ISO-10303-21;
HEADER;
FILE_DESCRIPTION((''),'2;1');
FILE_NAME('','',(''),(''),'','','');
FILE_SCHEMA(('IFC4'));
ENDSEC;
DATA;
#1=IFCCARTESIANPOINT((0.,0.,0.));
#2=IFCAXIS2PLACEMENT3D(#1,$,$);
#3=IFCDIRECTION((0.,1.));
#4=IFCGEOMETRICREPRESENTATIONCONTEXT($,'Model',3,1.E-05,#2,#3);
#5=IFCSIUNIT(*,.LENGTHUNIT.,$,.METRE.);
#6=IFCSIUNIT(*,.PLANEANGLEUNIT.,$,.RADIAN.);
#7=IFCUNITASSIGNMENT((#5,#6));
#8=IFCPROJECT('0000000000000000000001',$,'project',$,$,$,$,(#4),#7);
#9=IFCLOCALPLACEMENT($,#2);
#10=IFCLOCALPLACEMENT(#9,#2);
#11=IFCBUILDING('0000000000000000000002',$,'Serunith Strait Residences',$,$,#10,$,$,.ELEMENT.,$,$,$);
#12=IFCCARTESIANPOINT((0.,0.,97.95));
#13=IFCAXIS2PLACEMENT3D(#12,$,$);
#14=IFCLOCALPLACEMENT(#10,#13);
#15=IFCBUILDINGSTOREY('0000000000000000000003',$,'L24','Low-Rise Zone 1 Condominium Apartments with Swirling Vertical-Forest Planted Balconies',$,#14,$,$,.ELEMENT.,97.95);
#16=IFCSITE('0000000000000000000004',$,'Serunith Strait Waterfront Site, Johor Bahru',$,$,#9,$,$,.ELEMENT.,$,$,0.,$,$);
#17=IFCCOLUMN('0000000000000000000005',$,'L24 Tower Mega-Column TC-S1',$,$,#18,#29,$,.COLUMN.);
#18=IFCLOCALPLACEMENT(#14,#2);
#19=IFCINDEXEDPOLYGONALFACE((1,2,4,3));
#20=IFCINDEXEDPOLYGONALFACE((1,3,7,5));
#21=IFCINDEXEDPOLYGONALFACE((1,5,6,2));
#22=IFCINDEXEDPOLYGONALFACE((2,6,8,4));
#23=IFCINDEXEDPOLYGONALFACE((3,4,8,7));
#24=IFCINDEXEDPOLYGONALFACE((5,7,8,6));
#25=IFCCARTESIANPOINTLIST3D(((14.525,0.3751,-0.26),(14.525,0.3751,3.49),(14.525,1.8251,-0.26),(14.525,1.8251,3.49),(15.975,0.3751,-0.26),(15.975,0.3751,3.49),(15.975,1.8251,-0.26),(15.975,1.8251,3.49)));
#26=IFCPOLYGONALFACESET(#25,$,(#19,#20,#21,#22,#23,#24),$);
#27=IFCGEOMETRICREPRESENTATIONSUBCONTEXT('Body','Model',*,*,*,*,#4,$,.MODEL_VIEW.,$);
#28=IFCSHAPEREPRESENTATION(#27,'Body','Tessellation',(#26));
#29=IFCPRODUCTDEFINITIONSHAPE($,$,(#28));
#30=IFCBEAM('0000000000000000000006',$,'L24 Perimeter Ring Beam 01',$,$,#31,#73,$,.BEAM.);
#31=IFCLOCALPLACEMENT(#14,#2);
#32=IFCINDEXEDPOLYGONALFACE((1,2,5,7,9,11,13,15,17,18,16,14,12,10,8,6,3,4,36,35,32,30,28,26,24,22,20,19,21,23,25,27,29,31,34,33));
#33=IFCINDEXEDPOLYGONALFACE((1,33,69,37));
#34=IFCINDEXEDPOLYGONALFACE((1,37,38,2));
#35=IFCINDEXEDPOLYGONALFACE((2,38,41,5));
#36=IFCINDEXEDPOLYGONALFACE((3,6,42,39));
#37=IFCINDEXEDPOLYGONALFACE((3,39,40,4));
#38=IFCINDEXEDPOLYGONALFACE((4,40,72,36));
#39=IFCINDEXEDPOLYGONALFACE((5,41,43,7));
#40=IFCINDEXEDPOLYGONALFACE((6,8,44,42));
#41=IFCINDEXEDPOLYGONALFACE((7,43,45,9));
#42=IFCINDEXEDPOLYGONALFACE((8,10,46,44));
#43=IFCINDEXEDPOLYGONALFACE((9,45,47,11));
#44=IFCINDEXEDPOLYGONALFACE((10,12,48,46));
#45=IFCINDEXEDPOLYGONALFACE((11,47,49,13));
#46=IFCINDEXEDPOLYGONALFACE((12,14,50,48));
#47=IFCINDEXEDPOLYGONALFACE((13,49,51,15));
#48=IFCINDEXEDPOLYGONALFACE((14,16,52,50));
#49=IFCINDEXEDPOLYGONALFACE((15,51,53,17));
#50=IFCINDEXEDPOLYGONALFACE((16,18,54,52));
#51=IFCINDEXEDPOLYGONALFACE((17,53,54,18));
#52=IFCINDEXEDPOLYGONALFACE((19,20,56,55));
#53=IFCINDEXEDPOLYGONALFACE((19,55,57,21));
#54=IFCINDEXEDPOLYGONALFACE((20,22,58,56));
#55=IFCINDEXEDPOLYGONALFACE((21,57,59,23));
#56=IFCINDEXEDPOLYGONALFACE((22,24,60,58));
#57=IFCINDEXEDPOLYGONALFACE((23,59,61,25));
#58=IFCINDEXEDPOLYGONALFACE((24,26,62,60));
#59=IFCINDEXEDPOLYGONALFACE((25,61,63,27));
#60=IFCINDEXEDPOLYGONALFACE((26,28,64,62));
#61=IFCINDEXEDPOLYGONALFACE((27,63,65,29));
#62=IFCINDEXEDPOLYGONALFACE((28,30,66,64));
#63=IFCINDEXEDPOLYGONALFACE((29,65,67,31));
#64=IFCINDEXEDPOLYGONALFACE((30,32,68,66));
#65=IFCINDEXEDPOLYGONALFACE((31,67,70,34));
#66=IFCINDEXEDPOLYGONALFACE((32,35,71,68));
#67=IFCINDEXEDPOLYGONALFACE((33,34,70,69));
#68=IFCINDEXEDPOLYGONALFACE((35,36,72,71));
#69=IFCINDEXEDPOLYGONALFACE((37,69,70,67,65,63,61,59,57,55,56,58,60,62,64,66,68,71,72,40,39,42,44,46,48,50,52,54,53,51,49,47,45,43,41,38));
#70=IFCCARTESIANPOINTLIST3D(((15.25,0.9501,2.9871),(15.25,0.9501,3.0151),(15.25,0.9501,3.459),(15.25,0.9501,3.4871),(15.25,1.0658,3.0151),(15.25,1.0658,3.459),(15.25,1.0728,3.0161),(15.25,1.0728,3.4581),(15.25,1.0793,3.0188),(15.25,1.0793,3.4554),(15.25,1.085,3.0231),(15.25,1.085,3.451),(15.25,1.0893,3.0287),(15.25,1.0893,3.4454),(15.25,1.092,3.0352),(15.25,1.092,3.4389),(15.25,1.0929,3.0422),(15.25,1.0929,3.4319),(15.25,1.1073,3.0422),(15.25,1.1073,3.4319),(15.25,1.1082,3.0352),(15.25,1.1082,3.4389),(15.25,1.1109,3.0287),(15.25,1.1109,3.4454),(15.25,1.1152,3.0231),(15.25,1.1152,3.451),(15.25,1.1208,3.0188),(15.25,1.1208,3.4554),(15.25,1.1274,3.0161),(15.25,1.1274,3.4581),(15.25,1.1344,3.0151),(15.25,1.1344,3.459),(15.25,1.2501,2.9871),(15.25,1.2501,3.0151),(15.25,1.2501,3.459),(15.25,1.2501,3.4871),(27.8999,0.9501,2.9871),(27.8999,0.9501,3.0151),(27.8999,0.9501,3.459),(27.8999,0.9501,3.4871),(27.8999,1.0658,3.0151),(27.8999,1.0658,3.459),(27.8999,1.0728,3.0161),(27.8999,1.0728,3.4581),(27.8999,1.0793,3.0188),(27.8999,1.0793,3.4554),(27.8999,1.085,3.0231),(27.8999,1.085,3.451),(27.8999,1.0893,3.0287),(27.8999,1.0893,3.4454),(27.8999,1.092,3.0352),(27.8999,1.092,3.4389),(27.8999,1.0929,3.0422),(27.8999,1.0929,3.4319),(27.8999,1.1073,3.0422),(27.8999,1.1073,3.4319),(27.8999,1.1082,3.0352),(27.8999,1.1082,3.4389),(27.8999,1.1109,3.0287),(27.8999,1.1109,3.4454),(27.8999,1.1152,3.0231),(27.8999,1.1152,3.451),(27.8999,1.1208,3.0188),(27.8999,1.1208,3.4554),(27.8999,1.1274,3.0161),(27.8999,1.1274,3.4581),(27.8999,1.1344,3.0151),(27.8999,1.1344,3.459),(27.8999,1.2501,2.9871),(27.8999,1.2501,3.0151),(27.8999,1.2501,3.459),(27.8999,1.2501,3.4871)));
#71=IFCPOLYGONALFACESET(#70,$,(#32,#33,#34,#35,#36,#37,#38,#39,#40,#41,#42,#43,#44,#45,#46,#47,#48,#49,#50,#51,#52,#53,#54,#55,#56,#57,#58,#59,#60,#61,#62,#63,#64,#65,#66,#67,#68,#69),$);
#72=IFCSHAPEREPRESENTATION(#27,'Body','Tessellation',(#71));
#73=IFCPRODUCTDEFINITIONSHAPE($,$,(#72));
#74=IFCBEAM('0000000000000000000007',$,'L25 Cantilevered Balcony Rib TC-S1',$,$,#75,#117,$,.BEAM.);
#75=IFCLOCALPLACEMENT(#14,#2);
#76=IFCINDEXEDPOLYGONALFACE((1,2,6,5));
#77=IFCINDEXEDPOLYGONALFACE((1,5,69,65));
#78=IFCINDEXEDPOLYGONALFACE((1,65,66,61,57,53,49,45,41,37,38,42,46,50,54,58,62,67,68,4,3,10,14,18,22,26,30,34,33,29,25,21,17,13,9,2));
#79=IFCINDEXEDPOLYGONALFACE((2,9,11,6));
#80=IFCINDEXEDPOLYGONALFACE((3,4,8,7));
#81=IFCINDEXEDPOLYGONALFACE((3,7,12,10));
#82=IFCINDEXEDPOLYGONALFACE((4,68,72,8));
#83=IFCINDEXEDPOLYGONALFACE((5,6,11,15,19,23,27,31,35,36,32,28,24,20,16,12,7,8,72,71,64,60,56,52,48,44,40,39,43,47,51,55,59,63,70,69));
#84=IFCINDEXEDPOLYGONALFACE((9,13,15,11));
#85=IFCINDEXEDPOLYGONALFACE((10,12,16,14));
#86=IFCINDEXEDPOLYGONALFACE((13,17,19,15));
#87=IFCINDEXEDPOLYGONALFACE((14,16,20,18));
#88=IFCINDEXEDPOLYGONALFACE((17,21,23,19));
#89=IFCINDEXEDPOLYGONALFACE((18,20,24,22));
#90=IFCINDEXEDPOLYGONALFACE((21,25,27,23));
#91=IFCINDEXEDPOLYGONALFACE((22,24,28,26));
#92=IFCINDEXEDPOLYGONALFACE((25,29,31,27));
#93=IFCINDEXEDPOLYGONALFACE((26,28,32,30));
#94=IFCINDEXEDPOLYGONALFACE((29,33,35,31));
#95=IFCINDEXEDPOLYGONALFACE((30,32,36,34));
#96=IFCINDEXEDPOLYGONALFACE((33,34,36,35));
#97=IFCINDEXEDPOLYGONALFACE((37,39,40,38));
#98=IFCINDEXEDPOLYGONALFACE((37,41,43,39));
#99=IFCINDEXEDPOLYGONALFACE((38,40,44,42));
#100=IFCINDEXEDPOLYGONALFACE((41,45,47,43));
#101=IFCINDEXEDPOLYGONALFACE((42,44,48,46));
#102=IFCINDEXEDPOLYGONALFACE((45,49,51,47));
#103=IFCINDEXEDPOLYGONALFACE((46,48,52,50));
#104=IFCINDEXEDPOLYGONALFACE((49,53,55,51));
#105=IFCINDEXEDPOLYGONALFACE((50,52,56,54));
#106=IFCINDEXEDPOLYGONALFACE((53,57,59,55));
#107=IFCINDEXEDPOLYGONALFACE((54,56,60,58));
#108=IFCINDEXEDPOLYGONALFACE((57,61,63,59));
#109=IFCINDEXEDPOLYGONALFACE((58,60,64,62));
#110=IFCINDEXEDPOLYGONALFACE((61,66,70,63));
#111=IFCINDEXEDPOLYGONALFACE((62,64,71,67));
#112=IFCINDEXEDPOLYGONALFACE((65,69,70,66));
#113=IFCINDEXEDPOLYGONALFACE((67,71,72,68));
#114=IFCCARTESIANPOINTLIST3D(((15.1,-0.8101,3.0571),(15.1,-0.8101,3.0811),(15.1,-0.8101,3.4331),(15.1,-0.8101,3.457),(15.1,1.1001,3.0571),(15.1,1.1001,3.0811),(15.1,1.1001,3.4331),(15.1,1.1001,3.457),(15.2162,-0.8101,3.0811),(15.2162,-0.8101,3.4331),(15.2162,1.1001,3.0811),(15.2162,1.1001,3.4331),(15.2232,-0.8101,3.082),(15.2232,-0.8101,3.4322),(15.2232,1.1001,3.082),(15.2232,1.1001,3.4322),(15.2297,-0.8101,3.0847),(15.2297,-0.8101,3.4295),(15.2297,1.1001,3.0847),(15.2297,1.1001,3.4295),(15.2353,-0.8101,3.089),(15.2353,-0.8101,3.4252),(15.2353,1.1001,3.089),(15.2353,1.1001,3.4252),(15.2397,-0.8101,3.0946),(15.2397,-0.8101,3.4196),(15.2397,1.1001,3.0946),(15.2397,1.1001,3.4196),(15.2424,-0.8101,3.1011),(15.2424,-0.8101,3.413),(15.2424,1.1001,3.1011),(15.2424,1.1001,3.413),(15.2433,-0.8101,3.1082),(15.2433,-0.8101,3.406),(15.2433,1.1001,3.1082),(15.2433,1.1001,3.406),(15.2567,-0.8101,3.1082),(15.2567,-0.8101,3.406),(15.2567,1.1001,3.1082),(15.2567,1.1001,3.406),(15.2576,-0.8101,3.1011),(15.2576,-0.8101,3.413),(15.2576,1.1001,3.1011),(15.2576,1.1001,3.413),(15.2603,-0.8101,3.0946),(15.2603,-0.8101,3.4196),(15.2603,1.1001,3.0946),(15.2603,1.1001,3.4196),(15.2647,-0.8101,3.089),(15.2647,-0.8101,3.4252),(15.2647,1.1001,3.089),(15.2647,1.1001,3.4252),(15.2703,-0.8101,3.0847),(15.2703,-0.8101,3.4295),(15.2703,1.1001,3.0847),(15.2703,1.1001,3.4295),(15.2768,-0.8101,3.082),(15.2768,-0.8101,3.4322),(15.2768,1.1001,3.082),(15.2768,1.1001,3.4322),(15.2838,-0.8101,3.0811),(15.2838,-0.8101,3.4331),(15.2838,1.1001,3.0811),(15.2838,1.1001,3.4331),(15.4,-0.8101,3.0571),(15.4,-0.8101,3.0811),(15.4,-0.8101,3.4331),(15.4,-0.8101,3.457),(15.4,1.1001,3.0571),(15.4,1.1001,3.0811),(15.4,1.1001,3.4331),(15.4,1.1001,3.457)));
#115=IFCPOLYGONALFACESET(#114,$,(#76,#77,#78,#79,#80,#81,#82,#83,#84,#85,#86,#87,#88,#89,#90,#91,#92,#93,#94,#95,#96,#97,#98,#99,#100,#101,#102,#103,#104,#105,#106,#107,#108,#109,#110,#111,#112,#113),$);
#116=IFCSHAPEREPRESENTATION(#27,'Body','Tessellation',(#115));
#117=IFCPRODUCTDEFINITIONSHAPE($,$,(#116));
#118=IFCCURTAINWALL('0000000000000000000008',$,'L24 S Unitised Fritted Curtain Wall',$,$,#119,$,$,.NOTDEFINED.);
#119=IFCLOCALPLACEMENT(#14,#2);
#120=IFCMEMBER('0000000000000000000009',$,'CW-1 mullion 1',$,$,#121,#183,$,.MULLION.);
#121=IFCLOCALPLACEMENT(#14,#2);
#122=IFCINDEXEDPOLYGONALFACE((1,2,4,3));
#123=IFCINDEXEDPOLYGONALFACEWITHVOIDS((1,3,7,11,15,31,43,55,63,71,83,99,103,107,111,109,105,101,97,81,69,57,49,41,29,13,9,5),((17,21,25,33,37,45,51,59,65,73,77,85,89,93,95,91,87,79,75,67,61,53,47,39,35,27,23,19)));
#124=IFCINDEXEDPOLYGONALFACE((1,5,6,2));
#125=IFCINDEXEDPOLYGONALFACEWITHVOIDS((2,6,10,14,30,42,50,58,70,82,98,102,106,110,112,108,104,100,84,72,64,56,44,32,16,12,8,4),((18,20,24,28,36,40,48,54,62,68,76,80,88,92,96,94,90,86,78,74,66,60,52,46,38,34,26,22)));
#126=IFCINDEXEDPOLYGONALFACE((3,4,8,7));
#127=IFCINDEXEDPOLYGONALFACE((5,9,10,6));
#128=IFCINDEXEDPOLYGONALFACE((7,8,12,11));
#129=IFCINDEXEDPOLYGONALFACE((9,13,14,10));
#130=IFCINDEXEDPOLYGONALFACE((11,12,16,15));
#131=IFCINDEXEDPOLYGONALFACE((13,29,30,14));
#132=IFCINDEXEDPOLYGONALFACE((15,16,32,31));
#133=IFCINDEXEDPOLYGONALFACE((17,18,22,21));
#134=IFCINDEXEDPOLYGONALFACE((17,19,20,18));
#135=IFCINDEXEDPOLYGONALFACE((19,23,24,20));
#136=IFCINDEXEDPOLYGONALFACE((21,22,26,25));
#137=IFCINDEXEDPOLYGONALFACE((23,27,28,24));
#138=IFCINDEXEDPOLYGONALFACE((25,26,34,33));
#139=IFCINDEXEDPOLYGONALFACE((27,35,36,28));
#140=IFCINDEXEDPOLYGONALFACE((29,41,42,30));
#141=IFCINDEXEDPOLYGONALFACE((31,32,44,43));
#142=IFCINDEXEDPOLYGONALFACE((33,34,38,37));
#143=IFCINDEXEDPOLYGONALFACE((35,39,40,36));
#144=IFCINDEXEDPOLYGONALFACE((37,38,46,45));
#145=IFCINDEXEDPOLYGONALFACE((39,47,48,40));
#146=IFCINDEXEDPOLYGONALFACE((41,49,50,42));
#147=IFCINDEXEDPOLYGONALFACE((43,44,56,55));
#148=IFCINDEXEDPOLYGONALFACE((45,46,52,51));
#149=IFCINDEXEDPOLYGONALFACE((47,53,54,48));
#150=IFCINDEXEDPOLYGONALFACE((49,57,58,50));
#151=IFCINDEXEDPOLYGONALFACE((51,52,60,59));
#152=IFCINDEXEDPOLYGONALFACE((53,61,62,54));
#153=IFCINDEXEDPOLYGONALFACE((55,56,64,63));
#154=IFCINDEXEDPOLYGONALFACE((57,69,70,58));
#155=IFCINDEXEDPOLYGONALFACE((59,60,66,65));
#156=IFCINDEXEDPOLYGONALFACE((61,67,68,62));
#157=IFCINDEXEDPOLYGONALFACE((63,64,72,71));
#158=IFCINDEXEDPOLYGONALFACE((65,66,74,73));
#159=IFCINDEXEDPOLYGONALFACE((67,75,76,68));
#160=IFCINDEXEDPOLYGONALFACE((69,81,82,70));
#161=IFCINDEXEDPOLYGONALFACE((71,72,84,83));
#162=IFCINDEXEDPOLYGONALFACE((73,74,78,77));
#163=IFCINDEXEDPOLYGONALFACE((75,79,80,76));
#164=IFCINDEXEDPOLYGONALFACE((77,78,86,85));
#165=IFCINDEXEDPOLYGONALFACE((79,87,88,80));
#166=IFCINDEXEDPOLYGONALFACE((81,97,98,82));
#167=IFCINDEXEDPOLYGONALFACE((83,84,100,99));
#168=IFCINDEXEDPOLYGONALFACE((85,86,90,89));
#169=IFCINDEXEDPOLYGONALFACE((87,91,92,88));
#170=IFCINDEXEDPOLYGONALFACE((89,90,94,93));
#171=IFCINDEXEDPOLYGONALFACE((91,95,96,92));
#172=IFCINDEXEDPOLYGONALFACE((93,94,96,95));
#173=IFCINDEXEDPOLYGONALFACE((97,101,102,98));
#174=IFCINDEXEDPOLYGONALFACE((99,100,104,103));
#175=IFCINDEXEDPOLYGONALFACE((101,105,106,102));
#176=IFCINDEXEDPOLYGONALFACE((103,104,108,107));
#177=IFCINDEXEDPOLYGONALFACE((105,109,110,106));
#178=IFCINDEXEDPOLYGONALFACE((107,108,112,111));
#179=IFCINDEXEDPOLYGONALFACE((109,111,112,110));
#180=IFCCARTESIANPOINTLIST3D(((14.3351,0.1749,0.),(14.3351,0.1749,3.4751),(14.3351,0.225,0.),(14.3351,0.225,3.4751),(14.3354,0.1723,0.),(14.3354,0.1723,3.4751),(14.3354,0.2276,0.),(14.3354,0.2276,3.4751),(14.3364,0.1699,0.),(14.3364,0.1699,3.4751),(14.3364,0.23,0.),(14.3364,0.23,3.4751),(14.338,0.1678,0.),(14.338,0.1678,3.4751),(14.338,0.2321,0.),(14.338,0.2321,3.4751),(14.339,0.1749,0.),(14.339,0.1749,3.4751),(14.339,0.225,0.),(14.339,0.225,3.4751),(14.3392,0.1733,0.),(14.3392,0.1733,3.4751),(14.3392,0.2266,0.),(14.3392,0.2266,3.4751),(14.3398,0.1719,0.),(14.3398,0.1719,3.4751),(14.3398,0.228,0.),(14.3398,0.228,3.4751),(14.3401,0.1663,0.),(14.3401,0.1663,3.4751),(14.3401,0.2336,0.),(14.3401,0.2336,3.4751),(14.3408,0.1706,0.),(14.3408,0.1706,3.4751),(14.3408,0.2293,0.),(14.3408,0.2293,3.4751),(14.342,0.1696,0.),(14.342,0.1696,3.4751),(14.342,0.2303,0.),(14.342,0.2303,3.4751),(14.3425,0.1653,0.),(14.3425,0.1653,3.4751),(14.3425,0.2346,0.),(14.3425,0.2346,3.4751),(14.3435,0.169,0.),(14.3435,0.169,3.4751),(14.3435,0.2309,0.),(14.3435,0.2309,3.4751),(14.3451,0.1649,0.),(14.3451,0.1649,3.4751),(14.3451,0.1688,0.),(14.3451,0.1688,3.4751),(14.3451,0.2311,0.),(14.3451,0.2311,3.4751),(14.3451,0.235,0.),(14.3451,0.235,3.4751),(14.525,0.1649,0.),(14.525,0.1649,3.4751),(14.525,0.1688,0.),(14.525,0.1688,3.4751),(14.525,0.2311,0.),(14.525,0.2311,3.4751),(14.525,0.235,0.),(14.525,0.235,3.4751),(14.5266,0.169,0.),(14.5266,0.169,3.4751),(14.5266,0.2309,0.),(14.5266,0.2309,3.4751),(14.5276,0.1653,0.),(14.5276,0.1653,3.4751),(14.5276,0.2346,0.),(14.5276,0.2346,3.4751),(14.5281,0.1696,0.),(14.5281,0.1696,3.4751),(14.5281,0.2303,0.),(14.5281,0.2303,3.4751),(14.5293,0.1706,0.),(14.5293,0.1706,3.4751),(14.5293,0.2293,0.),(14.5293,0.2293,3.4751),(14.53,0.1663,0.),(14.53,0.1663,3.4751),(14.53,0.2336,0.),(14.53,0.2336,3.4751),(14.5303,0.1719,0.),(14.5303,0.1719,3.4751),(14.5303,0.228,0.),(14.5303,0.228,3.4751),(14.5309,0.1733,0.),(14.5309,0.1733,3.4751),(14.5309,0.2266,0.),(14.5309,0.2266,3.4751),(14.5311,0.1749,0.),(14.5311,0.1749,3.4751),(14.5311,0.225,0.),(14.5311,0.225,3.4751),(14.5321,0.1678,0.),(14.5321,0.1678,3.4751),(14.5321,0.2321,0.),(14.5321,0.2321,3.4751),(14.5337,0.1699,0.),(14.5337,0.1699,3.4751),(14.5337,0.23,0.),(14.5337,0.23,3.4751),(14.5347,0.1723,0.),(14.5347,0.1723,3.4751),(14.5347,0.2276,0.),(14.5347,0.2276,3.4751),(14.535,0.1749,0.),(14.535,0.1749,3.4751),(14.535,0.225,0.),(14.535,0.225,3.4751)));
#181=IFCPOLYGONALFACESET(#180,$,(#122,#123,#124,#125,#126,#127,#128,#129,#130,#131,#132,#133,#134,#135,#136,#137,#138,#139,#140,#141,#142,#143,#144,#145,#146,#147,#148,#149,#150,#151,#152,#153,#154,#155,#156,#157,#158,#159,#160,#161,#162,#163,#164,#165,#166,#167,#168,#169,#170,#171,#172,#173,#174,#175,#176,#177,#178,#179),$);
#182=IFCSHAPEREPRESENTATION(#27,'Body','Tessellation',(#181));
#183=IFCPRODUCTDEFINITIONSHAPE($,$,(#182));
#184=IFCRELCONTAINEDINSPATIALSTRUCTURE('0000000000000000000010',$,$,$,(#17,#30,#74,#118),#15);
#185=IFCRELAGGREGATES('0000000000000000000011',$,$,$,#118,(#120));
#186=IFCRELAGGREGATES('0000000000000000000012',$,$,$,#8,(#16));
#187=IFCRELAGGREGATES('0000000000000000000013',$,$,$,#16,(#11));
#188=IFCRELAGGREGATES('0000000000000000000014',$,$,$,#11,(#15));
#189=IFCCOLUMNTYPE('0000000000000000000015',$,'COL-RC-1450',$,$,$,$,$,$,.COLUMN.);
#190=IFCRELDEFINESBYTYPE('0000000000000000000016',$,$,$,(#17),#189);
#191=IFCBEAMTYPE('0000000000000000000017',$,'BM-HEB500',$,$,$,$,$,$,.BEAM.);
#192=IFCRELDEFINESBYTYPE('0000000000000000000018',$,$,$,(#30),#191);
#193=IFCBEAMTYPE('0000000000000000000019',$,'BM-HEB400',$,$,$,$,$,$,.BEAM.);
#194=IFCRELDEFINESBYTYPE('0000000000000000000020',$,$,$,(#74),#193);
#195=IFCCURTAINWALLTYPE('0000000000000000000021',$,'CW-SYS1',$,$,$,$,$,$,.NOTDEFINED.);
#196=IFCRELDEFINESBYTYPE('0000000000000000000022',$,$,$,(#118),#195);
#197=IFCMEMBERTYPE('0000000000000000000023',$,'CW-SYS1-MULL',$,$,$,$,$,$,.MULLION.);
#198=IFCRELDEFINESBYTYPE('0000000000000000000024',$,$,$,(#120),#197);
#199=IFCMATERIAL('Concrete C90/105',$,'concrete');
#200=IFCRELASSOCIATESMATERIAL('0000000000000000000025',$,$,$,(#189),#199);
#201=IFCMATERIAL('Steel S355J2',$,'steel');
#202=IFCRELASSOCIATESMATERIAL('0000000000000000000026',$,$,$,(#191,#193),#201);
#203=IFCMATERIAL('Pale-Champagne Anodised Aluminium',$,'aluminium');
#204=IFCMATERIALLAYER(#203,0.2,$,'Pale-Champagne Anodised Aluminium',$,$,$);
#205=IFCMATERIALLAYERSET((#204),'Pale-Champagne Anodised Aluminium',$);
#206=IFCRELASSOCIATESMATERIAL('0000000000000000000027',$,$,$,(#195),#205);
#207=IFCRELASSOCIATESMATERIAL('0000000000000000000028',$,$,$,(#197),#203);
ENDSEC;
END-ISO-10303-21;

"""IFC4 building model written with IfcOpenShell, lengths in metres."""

from ifc_helpers import new_model, si_unit, direction, frame, origin, origin_2d, place, context, subcontext, project, spatial, rectangle, hollow_rectangle, i_section, extrude, source, transform, mapped, material, layer, layer_set, material_profile, profile_set, type_object, element, aggregate, save


model = new_model("IFC4")

# Units and contexts
model_context = context("Model", 3, precision=1e-05, world=origin(), true_north=direction((0.0, 1.0)))
body_context = subcontext(model_context, "Body", "Model", "MODEL_VIEW")
ifc_project = project(units=[si_unit("LENGTHUNIT", "METRE"), si_unit("PLANEANGLEUNIT", "RADIAN")], contexts=[model_context])

# Site, building, storey
site_placement = place(None, origin())
site = spatial("IfcSite", under=ifc_project, at=site_placement, Name="Serunith Strait Waterfront Site, Johor Bahru", CompositionType="ELEMENT", RefElevation=0.0)
building_placement = place(site_placement, origin())
building = spatial("IfcBuilding", under=site, at=building_placement, Name="Serunith Strait Residences", CompositionType="ELEMENT")
storey_placement = place(building_placement, frame((0.0, 0.0, 97.95)))
storey = spatial("IfcBuildingStorey", under=building, at=storey_placement, Name="L24", Description="Low-Rise Zone 1 Condominium Apartments with Swirling Vertical-Forest Planted Balconies", CompositionType="ELEMENT", Elevation=97.95)

# Column
ifc_material_1 = material(Name="Concrete C90/105", Category="concrete")
ifc_material_profile_1 = material_profile(ifc_material_1, rectangle(XDim=1.45, YDim=1.45, at=origin_2d()), Name="RC 1450x1450")
ifc_profile_set_1 = profile_set([ifc_material_profile_1], Name="Concrete C90/105")
column_type = type_object("IfcColumnType", Name="COL-RC-1450", PredefinedType="COLUMN", material=ifc_profile_set_1)
shared_shape_1 = source(origin(), body_context, "Body", "SweptSolid", [
    extrude(rectangle(XDim=1.45, YDim=1.45, at=origin_2d()), origin(), (0.0, 0.0, 1.0), 3.75),
])
column_placement = place(storey_placement, frame((15.25, 1.1001, -0.26), z_axis=(0.0, 0.0, 1.0), x_axis=(1.0, 0.0, 0.0)))
element("IfcColumn", 1, at=column_placement, inside=storey, type_object=column_type, Name="L24 Tower Mega-Column TC-S1", PredefinedType="COLUMN", context=body_context, shape_type="MappedRepresentation", body=[
    mapped(shared_shape_1, transform((0.0, 0.0, 0.0), scale=1.0)),
])

# Beams
ifc_material_2 = material(Name="Steel S355J2", Category="steel")
ifc_material_profile_2 = material_profile(ifc_material_2, i_section(OverallWidth=0.3, OverallDepth=0.5, WebThickness=0.0144, FlangeThickness=0.0281, FilletRadius=0.0271, at=origin_2d()), Name="HEB 500")
ifc_profile_set_2 = profile_set([ifc_material_profile_2], Name="Steel S355J2")
beam_type_1 = type_object("IfcBeamType", Name="BM-HEB500", PredefinedType="BEAM", material=ifc_profile_set_2)
shared_shape_2 = source(origin(), body_context, "Body", "SweptSolid", [
    extrude(i_section(OverallWidth=0.3, OverallDepth=0.5, WebThickness=0.0144, FlangeThickness=0.0281, FilletRadius=0.0271, at=origin_2d()), origin(), (0.0, 0.0, 1.0), 12.6499),
])
beam_1_placement = place(storey_placement, frame((15.25, 1.1001, 3.2371), z_axis=(1.0, 0.0, 0.0), x_axis=(0.0, 1.0, 0.0)))
element("IfcBeam", 2, at=beam_1_placement, inside=storey, type_object=beam_type_1, Name="L24 Perimeter Ring Beam 01", PredefinedType="BEAM", context=body_context, shape_type="MappedRepresentation", body=[
    mapped(shared_shape_2, transform((0.0, 0.0, 0.0), scale=1.0)),
])
ifc_material_profile_3 = material_profile(ifc_material_2, i_section(OverallWidth=0.3, OverallDepth=0.3999, WebThickness=0.0134, FlangeThickness=0.0239, FilletRadius=0.0271, at=origin_2d()), Name="HEB 400")
ifc_profile_set_3 = profile_set([ifc_material_profile_3], Name="Steel S355J2")
beam_type_2 = type_object("IfcBeamType", Name="BM-HEB400", PredefinedType="BEAM", material=ifc_profile_set_3)
shared_shape_3 = source(origin(), body_context, "Body", "SweptSolid", [
    extrude(i_section(OverallWidth=0.3, OverallDepth=0.3999, WebThickness=0.0134, FlangeThickness=0.0239, FilletRadius=0.0271, at=origin_2d()), origin(), (0.0, 0.0, 1.0), 1.9102),
])
beam_2_placement = place(storey_placement, frame((15.25, 1.1001, 3.2571), z_axis=(0.0, -1.0, 0.0), x_axis=(1.0, 0.0, 0.0)))
element("IfcBeam", 3, at=beam_2_placement, inside=storey, type_object=beam_type_2, Name="L25 Cantilevered Balcony Rib TC-S1", PredefinedType="BEAM", context=body_context, shape_type="MappedRepresentation", body=[
    mapped(shared_shape_3, transform((0.0, 0.0, 0.0), scale=1.0)),
])

# Curtain wall, member
ifc_material_3 = material(Name="Pale-Champagne Anodised Aluminium", Category="aluminium")
ifc_layer_1 = layer(ifc_material_3, 0.2, Name="Pale-Champagne Anodised Aluminium")
ifc_layer_set_1 = layer_set([ifc_layer_1], Name="Pale-Champagne Anodised Aluminium")
curtain_wall_type = type_object("IfcCurtainWallType", Name="CW-SYS1", PredefinedType="NOTDEFINED", material=ifc_layer_set_1)
curtain_wall_placement = place(storey_placement, origin())
curtain_wall = element("IfcCurtainWall", 4, at=curtain_wall_placement, inside=storey, type_object=curtain_wall_type, Name="L24 S Unitised Fritted Curtain Wall", PredefinedType="NOTDEFINED")
ifc_material_profile_4 = material_profile(ifc_material_3, hollow_rectangle(XDim=0.0701, YDim=0.2, WallThickness=0.0039, InnerFilletRadius=0.0061, OuterFilletRadius=0.01, at=origin_2d()), Name="ALU 200x70x4")
ifc_profile_set_4 = profile_set([ifc_material_profile_4], Name="Pale-Champagne Anodised Aluminium")
member_type_1 = type_object("IfcMemberType", Name="CW-SYS1-MULL", PredefinedType="MULLION", material=ifc_profile_set_4)
shared_shape_4 = source(origin(), body_context, "Body", "SweptSolid", [
    extrude(hollow_rectangle(XDim=0.0701, YDim=0.2, WallThickness=0.0039, InnerFilletRadius=0.0061, OuterFilletRadius=0.01, at=origin_2d()), origin(), (0.0, 0.0, 1.0), 3.4751),
])
member_1_placement = place(storey_placement, frame((14.4351, 0.2, 0.0), z_axis=(0.0, 0.0, 1.0), x_axis=(0.0, 1.0, 0.0)))
member_1 = element("IfcMember", 5, at=member_1_placement, type_object=member_type_1, Name="CW-1 mullion 1", PredefinedType="MULLION", context=body_context, shape_type="MappedRepresentation", body=[
    mapped(shared_shape_4, transform((0.0, 0.0, 0.0), scale=1.0)),
])
aggregate(curtain_wall, [member_1])

save(model, "model.ifc")
